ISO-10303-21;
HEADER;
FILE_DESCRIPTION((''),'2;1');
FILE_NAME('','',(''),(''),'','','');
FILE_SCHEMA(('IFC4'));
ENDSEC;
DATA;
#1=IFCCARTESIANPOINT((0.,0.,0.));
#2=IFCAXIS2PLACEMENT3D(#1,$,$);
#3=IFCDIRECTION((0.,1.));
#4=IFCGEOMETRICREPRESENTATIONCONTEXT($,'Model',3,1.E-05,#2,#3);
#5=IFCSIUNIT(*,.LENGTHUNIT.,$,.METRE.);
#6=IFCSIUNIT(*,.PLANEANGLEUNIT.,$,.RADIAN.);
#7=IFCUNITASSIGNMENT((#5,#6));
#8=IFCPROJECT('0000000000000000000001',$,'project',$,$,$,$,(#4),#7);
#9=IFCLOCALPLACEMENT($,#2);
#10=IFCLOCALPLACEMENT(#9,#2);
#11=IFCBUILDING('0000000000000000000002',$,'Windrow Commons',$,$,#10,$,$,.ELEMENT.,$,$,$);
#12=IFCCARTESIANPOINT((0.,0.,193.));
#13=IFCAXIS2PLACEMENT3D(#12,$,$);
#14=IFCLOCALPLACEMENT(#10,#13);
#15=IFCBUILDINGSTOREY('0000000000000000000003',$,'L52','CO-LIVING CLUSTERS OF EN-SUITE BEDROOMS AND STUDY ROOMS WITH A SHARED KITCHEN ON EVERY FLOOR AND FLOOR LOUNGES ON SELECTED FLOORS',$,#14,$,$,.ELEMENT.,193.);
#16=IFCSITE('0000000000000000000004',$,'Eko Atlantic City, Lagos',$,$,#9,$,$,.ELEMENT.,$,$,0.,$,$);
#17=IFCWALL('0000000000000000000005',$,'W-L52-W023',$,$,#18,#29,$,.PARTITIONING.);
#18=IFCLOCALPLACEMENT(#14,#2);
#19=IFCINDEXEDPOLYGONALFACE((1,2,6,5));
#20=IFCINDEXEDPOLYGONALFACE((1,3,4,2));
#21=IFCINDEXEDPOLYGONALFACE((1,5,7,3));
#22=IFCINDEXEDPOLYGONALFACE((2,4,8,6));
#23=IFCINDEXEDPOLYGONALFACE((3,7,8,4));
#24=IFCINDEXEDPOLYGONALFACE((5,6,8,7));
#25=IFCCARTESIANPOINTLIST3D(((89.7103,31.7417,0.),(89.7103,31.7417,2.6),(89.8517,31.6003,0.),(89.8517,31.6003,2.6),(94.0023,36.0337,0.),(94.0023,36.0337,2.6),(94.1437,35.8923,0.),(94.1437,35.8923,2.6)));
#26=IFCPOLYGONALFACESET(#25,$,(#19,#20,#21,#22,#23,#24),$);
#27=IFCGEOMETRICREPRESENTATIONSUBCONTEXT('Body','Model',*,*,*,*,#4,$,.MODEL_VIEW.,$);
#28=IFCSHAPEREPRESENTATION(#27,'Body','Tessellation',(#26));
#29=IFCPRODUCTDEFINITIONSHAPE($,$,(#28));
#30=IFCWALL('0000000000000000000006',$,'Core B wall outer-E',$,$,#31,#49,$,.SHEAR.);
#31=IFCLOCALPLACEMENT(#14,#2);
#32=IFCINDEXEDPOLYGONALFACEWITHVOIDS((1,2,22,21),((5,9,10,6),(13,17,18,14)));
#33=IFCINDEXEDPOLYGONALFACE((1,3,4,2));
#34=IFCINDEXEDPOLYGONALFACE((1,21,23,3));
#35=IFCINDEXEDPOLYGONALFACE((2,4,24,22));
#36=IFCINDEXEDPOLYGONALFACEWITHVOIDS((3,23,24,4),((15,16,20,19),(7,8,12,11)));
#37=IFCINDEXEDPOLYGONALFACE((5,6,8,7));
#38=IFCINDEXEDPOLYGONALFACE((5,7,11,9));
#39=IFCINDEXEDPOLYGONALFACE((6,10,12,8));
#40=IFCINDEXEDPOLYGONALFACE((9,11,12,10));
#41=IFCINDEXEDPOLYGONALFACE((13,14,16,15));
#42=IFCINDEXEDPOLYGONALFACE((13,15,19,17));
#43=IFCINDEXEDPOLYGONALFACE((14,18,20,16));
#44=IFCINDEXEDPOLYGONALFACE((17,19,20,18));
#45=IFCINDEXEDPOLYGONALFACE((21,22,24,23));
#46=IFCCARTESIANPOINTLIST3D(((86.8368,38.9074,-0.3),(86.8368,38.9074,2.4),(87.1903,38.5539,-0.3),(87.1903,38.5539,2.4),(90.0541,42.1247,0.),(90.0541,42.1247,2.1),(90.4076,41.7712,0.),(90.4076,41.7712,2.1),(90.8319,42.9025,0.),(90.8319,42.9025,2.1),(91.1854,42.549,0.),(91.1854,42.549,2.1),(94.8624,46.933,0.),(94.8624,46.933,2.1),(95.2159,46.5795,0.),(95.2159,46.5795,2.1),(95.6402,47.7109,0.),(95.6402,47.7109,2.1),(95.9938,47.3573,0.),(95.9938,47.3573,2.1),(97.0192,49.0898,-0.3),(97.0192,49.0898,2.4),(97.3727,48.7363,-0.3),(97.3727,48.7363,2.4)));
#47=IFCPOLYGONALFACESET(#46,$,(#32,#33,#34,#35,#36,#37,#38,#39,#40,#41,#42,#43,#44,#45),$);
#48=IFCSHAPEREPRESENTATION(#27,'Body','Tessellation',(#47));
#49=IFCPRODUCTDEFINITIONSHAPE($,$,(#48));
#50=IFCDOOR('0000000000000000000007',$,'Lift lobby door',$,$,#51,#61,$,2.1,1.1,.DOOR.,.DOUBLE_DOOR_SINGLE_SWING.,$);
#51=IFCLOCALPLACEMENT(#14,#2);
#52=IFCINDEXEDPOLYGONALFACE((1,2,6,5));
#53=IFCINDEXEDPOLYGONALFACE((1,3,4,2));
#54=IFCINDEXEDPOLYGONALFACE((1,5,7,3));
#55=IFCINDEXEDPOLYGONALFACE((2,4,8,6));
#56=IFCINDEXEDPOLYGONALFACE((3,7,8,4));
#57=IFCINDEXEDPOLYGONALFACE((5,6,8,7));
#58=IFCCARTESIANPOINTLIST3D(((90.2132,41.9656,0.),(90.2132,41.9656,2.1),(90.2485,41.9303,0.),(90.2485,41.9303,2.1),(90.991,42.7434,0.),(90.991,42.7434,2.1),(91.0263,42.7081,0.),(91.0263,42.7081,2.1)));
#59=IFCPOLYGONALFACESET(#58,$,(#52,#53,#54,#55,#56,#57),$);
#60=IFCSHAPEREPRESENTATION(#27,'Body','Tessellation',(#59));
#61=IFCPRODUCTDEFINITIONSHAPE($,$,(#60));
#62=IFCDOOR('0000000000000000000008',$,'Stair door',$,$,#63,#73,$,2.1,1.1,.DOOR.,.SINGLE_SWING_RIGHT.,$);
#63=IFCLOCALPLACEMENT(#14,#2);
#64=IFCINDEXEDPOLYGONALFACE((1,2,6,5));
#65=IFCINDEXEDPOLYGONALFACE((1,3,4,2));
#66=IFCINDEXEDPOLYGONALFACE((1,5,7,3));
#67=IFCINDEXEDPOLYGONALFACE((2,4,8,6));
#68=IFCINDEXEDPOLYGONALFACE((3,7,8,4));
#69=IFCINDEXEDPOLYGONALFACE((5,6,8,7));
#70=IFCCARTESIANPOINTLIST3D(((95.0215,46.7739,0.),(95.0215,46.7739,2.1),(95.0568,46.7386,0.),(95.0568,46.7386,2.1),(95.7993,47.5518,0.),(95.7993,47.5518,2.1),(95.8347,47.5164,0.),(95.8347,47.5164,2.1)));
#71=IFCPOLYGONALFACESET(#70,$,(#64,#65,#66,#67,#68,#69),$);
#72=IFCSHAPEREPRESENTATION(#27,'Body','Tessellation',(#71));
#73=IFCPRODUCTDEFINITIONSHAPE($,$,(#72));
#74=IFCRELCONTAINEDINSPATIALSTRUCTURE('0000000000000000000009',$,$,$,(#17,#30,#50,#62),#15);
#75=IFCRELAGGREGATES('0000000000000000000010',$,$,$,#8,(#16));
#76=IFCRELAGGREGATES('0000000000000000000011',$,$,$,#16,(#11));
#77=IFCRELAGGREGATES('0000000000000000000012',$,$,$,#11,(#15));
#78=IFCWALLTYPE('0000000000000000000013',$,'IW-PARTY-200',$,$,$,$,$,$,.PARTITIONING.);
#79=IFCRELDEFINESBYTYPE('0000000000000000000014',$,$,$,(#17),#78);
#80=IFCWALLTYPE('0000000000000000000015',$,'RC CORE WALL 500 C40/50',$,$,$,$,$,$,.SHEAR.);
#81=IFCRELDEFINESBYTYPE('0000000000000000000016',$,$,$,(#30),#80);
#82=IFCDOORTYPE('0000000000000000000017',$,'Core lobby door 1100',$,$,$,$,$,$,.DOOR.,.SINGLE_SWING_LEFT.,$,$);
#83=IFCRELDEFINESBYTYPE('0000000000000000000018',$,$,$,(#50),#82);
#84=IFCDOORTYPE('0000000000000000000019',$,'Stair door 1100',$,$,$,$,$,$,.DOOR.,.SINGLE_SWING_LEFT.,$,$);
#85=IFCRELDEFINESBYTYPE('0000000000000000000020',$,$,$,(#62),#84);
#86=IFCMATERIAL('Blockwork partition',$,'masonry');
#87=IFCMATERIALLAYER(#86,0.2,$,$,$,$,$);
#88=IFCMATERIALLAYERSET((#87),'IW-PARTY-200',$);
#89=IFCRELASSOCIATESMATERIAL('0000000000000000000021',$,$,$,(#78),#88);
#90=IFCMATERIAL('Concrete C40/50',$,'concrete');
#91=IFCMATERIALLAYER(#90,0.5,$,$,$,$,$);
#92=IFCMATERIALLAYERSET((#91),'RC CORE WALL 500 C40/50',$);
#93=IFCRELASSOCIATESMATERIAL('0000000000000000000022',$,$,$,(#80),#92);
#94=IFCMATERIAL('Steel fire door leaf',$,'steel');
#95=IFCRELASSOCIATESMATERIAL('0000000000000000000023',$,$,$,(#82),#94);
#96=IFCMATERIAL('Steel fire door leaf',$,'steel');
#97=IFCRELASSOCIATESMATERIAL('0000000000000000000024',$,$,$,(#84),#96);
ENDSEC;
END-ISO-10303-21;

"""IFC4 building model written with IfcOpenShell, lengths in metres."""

from ifc_helpers import new_model, si_unit, direction, frame, frame_2d, origin, place, context, subcontext, project, spatial, rectangle, extrude, material, layer, layer_set, type_object, element, fill, save


model = new_model("IFC4")

# Units and contexts
model_context = context("Model", 3, precision=1e-05, world=origin(), true_north=direction((0.0, 1.0)))
body_context = subcontext(model_context, "Body", "Model", "MODEL_VIEW")
ifc_project = project(units=[si_unit("LENGTHUNIT", "METRE"), si_unit("PLANEANGLEUNIT", "RADIAN")], contexts=[model_context])

# Site, building, storey
site_placement = place(None, origin())
site = spatial("IfcSite", under=ifc_project, at=site_placement, Name="Eko Atlantic City, Lagos", CompositionType="ELEMENT", RefElevation=0.0)
building_placement = place(site_placement, origin())
building = spatial("IfcBuilding", under=site, at=building_placement, Name="Windrow Commons", CompositionType="ELEMENT")
storey_placement = place(building_placement, frame((0.0, 0.0, 193.0)))
storey = spatial("IfcBuildingStorey", under=building, at=storey_placement, Name="L52", Description="CO-LIVING CLUSTERS OF EN-SUITE BEDROOMS AND STUDY ROOMS WITH A SHARED KITCHEN ON EVERY FLOOR AND FLOOR LOUNGES ON SELECTED FLOORS", CompositionType="ELEMENT", Elevation=193.0)

# Wall
ifc_material_1 = material(Name="Blockwork partition", Category="masonry")
ifc_layer_1 = layer(ifc_material_1, 0.2)
ifc_layer_set_1 = layer_set([ifc_layer_1], Name="IW-PARTY-200")
wall_type_1 = type_object("IfcWallType", Name="IW-PARTY-200", PredefinedType="PARTITIONING", material=ifc_layer_set_1)
wall_1_placement = place(storey_placement, frame((89.781, 31.671, 0.0), z_axis=(0.0, 0.0, 1.0), x_axis=(0.707107, 0.707107, 0.0)))
element("IfcWall", 1, at=wall_1_placement, inside=storey, type_object=wall_type_1, Name="W-L52-W023", PredefinedType="PARTITIONING", context=body_context, shape_type="SweptSolid", body=[
    extrude(rectangle(XDim=6.0698, YDim=0.2, at=frame_2d((3.0349, 0.0))), origin(), (0.0, 0.0, 1.0), 2.6),
])

# Wall, openings, doors
ifc_material_2 = material(Name="Concrete C40/50", Category="concrete")
ifc_layer_2 = layer(ifc_material_2, 0.5)
ifc_layer_set_2 = layer_set([ifc_layer_2], Name="RC CORE WALL 500 C40/50")
wall_type_2 = type_object("IfcWallType", Name="RC CORE WALL 500 C40/50", PredefinedType="SHEAR", material=ifc_layer_set_2)
wall_2_placement = place(storey_placement, frame((87.0135, 38.7306, -0.3), z_axis=(0.0, 0.0, 1.0), x_axis=(0.707107, 0.707107, 0.0)))
wall_2 = element("IfcWall", 2, at=wall_2_placement, inside=storey, type_object=wall_type_2, Name="Core B wall outer-E", PredefinedType="SHEAR", context=body_context, shape_type="SweptSolid", body=[
    extrude(rectangle(XDim=14.4001, YDim=0.5, at=frame_2d((7.2001, 0.0))), origin(), (0.0, 0.0, 1.0), 2.7),
])
opening_1_placement = place(wall_2_placement, frame((4.55, 0.0, 0.3)))
opening_1 = element("IfcOpeningElement", 3, at=opening_1_placement, cuts=wall_2, PredefinedType="OPENING", context=body_context, shape_type="SweptSolid", body=[
    extrude(rectangle(XDim=1.1, YDim=2.1, at=frame_2d((0.55, 1.05))), frame((0.0, 0.26, 0.0), z_axis=(0.0, -1.0, 0.0), x_axis=(1.0, 0.0, 0.0)), (0.0, 0.0, 1.0), 0.52),
])
opening_2_placement = place(wall_2_placement, frame((11.35, 0.0, 0.3)))
opening_2 = element("IfcOpeningElement", 4, at=opening_2_placement, cuts=wall_2, PredefinedType="OPENING", context=body_context, shape_type="SweptSolid", body=[
    extrude(rectangle(XDim=1.1, YDim=2.1, at=frame_2d((0.55, 1.05))), frame((0.0, 0.26, 0.0), z_axis=(0.0, -1.0, 0.0), x_axis=(1.0, 0.0, 0.0)), (0.0, 0.0, 1.0), 0.52),
])
ifc_material_3 = material(Name="Steel fire door leaf", Category="steel")
door_type_1 = type_object("IfcDoorType", Name="Core lobby door 1100", OperationType="SINGLE_SWING_LEFT", PredefinedType="DOOR", material=ifc_material_3)
door_1_placement = place(opening_1_placement, origin())
door_1 = element("IfcDoor", 5, at=door_1_placement, inside=storey, type_object=door_type_1, Name="Lift lobby door", OperationType="DOUBLE_DOOR_SINGLE_SWING", OverallHeight=2.1, OverallWidth=1.1, PredefinedType="DOOR", context=body_context, shape_type="SweptSolid", body=[
    extrude(rectangle(XDim=1.1, YDim=2.1, at=frame_2d((0.55, 1.05))), frame((0.0, 0.025, 0.0), z_axis=(0.0, -1.0, 0.0), x_axis=(1.0, 0.0, 0.0)), (0.0, 0.0, 1.0), 0.05),
])
fill(opening_1, door_1)
ifc_material_4 = material(Name="Steel fire door leaf", Category="steel")
door_type_2 = type_object("IfcDoorType", Name="Stair door 1100", OperationType="SINGLE_SWING_LEFT", PredefinedType="DOOR", material=ifc_material_4)
door_2_placement = place(opening_2_placement, origin())
door_2 = element("IfcDoor", 6, at=door_2_placement, inside=storey, type_object=door_type_2, Name="Stair door", OperationType="SINGLE_SWING_RIGHT", OverallHeight=2.1, OverallWidth=1.1, PredefinedType="DOOR", context=body_context, shape_type="SweptSolid", body=[
    extrude(rectangle(XDim=1.1, YDim=2.1, at=frame_2d((0.55, 1.05))), frame((0.0, 0.025, 0.0), z_axis=(0.0, -1.0, 0.0), x_axis=(1.0, 0.0, 0.0)), (0.0, 0.0, 1.0), 0.05),
])
fill(opening_2, door_2)

save(model, "model.ifc")
